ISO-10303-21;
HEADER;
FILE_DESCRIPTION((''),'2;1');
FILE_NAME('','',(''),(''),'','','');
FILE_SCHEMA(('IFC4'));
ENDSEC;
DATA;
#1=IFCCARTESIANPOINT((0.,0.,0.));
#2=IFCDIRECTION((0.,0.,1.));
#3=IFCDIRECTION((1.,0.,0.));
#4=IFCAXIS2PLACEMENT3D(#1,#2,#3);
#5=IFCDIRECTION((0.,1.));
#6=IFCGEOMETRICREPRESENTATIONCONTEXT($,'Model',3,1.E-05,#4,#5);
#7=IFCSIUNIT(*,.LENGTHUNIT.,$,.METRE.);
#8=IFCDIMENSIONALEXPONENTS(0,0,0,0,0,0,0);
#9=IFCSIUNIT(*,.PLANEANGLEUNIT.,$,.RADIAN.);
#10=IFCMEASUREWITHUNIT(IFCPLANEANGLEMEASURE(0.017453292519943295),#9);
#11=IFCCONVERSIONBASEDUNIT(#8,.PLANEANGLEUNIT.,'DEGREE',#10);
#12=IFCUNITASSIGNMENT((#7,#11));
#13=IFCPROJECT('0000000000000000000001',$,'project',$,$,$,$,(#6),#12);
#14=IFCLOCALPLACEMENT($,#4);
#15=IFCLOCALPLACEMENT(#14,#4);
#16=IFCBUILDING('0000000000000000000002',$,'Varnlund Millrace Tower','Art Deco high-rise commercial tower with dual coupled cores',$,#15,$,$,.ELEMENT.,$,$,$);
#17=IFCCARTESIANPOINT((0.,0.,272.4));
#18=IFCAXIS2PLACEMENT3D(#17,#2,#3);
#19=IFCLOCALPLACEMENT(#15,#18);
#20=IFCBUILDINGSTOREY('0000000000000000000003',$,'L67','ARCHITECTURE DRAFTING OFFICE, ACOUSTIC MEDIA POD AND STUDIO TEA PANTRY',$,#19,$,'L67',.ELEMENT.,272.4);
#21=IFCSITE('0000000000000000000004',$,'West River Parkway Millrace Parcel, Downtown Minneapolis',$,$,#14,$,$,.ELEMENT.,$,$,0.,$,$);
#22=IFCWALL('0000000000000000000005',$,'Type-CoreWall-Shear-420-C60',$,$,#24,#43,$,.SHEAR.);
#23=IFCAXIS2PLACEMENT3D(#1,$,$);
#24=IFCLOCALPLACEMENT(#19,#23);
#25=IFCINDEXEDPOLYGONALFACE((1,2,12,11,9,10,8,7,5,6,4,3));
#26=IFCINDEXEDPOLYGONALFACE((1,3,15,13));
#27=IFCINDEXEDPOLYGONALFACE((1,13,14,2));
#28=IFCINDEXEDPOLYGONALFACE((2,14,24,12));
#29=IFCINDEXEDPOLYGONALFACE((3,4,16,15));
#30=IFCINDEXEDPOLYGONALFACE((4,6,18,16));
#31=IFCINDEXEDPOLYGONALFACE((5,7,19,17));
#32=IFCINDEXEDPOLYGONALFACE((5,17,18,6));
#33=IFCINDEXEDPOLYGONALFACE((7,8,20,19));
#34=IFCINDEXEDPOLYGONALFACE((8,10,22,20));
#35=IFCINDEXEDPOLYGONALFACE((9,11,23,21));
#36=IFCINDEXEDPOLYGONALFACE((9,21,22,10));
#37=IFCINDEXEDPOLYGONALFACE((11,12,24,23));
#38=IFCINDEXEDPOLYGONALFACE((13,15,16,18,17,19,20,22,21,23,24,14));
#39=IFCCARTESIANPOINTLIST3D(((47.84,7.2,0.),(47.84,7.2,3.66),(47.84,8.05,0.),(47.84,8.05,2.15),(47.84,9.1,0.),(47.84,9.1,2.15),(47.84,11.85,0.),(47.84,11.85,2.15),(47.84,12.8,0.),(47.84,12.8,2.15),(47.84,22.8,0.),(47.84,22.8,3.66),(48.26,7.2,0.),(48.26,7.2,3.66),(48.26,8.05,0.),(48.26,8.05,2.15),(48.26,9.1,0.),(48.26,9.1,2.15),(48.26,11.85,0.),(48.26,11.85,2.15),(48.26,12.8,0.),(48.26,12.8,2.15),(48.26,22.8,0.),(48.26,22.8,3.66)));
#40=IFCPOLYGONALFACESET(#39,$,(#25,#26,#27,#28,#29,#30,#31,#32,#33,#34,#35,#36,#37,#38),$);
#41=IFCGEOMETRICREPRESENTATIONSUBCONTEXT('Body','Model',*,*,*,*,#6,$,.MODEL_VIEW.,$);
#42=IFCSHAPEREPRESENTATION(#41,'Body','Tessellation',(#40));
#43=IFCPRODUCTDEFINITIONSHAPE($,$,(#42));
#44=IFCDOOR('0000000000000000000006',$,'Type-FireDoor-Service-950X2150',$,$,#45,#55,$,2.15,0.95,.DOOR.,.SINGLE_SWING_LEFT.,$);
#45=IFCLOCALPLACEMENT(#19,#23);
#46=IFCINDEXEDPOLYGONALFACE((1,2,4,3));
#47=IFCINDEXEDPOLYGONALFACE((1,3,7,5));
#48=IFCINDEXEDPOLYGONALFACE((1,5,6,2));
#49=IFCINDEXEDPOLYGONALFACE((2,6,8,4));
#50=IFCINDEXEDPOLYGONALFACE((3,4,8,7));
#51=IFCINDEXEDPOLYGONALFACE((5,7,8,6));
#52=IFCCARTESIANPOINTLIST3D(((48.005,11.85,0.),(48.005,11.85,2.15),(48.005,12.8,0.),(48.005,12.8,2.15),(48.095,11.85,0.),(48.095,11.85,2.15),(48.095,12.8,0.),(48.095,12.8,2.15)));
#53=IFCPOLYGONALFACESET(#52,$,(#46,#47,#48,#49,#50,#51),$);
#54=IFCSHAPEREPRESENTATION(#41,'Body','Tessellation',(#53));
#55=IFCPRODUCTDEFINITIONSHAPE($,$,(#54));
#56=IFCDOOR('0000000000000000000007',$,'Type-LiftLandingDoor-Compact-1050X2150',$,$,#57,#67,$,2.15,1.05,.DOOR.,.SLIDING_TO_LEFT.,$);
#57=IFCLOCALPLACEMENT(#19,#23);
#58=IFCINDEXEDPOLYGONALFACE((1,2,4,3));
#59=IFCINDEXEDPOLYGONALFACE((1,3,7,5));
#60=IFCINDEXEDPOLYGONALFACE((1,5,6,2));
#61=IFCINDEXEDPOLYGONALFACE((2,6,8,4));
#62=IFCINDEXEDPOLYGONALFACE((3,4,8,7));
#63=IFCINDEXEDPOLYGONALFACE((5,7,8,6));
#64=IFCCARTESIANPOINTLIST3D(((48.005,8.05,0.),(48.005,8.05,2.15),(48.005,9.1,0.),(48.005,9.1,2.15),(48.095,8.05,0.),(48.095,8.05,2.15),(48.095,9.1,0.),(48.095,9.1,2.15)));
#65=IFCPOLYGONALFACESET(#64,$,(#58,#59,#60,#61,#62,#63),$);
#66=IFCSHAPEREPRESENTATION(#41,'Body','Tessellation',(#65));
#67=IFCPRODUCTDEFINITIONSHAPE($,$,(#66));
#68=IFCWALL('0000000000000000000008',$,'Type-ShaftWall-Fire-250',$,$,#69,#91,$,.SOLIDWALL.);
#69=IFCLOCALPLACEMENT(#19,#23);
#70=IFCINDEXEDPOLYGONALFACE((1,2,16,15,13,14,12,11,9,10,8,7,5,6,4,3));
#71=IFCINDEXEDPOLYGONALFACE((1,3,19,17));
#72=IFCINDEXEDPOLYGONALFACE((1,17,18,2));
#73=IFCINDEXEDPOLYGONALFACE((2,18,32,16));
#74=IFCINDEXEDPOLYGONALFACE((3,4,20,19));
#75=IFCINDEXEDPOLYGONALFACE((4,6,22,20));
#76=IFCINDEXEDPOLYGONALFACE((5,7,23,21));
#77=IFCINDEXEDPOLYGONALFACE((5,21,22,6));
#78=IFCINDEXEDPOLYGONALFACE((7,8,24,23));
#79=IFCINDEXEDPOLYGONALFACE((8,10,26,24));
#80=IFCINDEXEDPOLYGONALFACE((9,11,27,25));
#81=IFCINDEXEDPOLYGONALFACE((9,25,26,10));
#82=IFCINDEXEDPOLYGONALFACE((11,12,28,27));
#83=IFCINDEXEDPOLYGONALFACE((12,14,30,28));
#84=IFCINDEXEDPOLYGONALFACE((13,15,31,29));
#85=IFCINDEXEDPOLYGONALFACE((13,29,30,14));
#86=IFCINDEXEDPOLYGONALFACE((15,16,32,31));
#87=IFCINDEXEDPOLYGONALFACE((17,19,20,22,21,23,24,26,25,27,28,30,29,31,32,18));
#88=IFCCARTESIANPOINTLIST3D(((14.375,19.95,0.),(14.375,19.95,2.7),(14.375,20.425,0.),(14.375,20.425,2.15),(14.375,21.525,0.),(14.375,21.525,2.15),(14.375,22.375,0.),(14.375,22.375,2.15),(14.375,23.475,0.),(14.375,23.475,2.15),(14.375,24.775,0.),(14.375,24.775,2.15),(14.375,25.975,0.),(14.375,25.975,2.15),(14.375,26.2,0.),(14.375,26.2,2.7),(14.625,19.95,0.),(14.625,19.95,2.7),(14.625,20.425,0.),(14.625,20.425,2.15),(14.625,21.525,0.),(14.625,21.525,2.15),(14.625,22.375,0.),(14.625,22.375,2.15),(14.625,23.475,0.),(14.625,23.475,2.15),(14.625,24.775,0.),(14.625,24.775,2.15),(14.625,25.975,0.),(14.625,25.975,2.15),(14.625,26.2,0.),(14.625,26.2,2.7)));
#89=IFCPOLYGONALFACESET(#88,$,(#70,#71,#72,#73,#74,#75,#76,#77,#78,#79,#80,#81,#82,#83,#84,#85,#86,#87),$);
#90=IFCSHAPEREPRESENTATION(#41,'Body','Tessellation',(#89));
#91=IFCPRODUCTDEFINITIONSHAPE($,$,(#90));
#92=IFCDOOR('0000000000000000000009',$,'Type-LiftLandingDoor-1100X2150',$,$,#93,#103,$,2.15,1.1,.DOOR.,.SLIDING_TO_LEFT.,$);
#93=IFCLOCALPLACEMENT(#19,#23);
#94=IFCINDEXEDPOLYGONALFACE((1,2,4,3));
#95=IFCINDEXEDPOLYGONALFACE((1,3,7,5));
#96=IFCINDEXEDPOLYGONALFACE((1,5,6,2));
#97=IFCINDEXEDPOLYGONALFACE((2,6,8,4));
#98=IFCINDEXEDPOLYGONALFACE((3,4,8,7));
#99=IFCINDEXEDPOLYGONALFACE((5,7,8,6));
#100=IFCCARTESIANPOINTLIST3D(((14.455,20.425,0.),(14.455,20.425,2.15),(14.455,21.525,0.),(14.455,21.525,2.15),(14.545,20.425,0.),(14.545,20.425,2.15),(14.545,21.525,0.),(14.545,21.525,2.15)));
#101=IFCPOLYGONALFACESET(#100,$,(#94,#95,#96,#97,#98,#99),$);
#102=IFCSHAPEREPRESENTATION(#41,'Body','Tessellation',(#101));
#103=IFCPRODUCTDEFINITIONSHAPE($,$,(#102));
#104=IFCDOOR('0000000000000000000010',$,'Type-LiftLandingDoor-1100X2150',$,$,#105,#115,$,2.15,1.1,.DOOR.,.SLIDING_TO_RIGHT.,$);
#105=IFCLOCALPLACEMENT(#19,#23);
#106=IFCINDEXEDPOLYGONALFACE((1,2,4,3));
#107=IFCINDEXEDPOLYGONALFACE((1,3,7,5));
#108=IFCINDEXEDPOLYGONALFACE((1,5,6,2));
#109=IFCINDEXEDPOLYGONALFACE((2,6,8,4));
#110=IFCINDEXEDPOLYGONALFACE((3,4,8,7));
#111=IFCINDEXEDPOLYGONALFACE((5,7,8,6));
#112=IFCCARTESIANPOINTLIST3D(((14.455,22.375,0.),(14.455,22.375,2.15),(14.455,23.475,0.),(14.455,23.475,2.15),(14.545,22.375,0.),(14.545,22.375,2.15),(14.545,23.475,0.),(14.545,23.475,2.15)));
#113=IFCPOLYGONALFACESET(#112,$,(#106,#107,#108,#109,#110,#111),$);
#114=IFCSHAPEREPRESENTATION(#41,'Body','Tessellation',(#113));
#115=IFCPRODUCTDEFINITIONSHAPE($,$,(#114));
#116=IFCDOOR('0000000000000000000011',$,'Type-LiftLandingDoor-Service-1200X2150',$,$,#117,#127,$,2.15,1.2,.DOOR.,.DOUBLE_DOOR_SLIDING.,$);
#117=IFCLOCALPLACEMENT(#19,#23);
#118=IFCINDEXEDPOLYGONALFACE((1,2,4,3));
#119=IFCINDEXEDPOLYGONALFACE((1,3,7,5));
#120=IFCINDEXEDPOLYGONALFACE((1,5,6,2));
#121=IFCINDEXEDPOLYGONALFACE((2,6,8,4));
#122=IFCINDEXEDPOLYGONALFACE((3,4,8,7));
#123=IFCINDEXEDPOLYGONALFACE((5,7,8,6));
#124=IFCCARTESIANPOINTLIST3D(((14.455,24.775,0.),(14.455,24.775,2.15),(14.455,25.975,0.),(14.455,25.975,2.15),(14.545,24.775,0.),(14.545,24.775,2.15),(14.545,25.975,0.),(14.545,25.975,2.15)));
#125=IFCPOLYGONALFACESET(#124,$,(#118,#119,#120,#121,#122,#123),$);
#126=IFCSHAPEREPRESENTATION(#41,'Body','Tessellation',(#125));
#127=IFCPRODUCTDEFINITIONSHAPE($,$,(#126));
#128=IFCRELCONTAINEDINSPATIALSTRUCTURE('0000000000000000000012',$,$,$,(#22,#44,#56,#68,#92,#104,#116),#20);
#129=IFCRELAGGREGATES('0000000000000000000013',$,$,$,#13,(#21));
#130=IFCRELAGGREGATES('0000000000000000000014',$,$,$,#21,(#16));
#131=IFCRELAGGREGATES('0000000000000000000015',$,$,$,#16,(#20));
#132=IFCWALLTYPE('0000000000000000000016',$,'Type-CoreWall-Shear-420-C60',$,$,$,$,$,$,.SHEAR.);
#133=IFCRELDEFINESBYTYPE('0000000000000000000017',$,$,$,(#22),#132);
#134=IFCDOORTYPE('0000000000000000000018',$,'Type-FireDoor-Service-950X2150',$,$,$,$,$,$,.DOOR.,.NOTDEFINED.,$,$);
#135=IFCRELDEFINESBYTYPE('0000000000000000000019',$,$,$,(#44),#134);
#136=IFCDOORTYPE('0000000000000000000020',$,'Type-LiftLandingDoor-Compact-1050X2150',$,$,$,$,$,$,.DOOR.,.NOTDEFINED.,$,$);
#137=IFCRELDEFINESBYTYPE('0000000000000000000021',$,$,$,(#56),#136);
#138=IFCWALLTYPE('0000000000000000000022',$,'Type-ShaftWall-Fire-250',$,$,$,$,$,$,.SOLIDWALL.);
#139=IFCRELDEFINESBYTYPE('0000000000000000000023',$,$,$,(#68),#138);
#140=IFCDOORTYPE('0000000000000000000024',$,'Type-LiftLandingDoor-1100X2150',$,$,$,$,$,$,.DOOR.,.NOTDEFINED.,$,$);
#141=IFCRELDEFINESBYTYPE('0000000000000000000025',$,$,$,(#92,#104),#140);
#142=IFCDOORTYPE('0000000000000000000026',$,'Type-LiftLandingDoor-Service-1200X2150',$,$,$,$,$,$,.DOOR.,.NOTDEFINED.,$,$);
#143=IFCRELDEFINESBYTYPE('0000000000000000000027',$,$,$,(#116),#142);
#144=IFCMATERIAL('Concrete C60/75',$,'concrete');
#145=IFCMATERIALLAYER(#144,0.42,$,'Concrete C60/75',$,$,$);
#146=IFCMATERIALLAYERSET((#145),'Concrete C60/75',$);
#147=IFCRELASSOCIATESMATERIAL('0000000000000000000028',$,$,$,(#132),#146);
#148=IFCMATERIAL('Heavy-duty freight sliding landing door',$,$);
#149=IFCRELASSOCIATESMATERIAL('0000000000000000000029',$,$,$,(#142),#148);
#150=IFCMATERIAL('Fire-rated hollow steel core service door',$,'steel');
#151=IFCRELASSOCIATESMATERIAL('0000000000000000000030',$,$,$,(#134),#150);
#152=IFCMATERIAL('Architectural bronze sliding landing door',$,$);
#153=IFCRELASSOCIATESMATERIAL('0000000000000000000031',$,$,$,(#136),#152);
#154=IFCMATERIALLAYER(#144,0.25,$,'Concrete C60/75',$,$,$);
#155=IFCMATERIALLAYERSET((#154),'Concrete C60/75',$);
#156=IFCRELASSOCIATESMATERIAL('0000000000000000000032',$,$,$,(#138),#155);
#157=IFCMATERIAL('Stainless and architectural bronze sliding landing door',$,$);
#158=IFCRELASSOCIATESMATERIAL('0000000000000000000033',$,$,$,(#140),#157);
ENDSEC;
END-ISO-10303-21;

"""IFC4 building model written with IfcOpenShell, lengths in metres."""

from ifc_helpers import new_model, entity, si_unit, converted_unit, direction, frame, origin_with_axes, origin_2d_with_axis, place, context, subcontext, project, spatial, polyline, rectangle, outline, extrude, material, layer, layer_set, type_object, element, fill, save


model = new_model("IFC4")

# Units and contexts
model_context = context("Model", 3, precision=1e-05, world=origin_with_axes(), true_north=direction((0.0, 1.0)))
body_context = subcontext(model_context, "Body", "Model", "MODEL_VIEW")
ifc_project = project(units=[si_unit("LENGTHUNIT", "METRE"), converted_unit("PLANEANGLEUNIT", "DEGREE", entity("IfcPlaneAngleMeasure", 0.017453292519943295), si_unit("PLANEANGLEUNIT", "RADIAN"), dimensions=[0, 0, 0, 0, 0, 0, 0])], contexts=[model_context])

# Site, building, storey
site_placement = place(None, origin_with_axes())
site = spatial("IfcSite", under=ifc_project, at=site_placement, Name="West River Parkway Millrace Parcel, Downtown Minneapolis", CompositionType="ELEMENT", RefElevation=0.0)
building_placement = place(site_placement, origin_with_axes())
building = spatial("IfcBuilding", under=site, at=building_placement, Name="Varnlund Millrace Tower", Description="Art Deco high-rise commercial tower with dual coupled cores", CompositionType="ELEMENT")
storey_placement = place(building_placement, frame((0.0, 0.0, 272.4), z_axis=(0.0, 0.0, 1.0), x_axis=(1.0, 0.0, 0.0)))
storey = spatial("IfcBuildingStorey", under=building, at=storey_placement, Name="L67", Description="ARCHITECTURE DRAFTING OFFICE, ACOUSTIC MEDIA POD AND STUDIO TEA PANTRY", LongName="L67", CompositionType="ELEMENT", Elevation=272.4)

# Shared definitions
ifc_material_1 = material(Name="Concrete C60/75", Category="concrete")
ifc_layer_1 = layer(ifc_material_1, 0.42, Name="Concrete C60/75")
ifc_layer_set_1 = layer_set([ifc_layer_1], Name="Concrete C60/75")
wall_type_1 = type_object("IfcWallType", Name="Type-CoreWall-Shear-420-C60", PredefinedType="SHEAR", material=ifc_layer_set_1)
ifc_material_2 = material(Name="Heavy-duty freight sliding landing door")
door_type_1 = type_object("IfcDoorType", Name="Type-LiftLandingDoor-Service-1200X2150", OperationType="NOTDEFINED", PredefinedType="DOOR", material=ifc_material_2)

# Walls, openings, doors
wall_1_placement = place(storey_placement, frame((48.05, 7.2, 0.0), z_axis=(0.0, 0.0, 1.0), x_axis=(0.0, 1.0, 0.0)))
wall_1 = element("IfcWall", 1, at=wall_1_placement, inside=storey, type_object=wall_type_1, Name="Type-CoreWall-Shear-420-C60", PredefinedType="SHEAR", context=body_context, shape_type="SweptSolid", body=[
    extrude(outline(polyline([(0.0, -0.21), (15.6, -0.21), (15.6, 0.21), (0.0, 0.21), (0.0, -0.21)])), origin_with_axes(), (0.0, 0.0, 1.0), 3.66),
])
opening_1_placement = place(wall_1_placement, frame((1.375, 0.0, 0.0), z_axis=(0.0, 0.0, 1.0), x_axis=(1.0, 0.0, 0.0)))
opening_1 = element("IfcOpeningElement", 2, at=opening_1_placement, cuts=wall_1, PredefinedType="OPENING", context=body_context, shape_type="SweptSolid", body=[
    extrude(rectangle(XDim=1.05, YDim=0.44, at=origin_2d_with_axis()), origin_with_axes(), (0.0, 0.0, 1.0), 2.15),
])
opening_2_placement = place(wall_1_placement, frame((5.125, 0.0, 0.0), z_axis=(0.0, 0.0, 1.0), x_axis=(1.0, 0.0, 0.0)))
opening_2 = element("IfcOpeningElement", 3, at=opening_2_placement, cuts=wall_1, PredefinedType="OPENING", context=body_context, shape_type="SweptSolid", body=[
    extrude(rectangle(XDim=0.95, YDim=0.44, at=origin_2d_with_axis()), origin_with_axes(), (0.0, 0.0, 1.0), 2.15),
])
ifc_material_3 = material(Name="Fire-rated hollow steel core service door", Category="steel")
door_type_2 = type_object("IfcDoorType", Name="Type-FireDoor-Service-950X2150", OperationType="NOTDEFINED", PredefinedType="DOOR", material=ifc_material_3)
door_1_placement = place(wall_1_placement, frame((5.125, 0.0, 0.0), z_axis=(0.0, 0.0, 1.0), x_axis=(1.0, 0.0, 0.0)))
door_1 = element("IfcDoor", 4, at=door_1_placement, inside=storey, type_object=door_type_2, Name="Type-FireDoor-Service-950X2150", OperationType="SINGLE_SWING_LEFT", OverallHeight=2.15, OverallWidth=0.95, PredefinedType="DOOR", context=body_context, shape_type="SweptSolid", body=[
    extrude(rectangle(XDim=0.95, YDim=0.09, at=origin_2d_with_axis()), origin_with_axes(), (0.0, 0.0, 1.0), 2.15),
])
fill(opening_2, door_1)
ifc_material_4 = material(Name="Architectural bronze sliding landing door")
door_type_3 = type_object("IfcDoorType", Name="Type-LiftLandingDoor-Compact-1050X2150", OperationType="NOTDEFINED", PredefinedType="DOOR", material=ifc_material_4)
door_2_placement = place(wall_1_placement, frame((1.375, 0.0, 0.0), z_axis=(0.0, 0.0, 1.0), x_axis=(1.0, 0.0, 0.0)))
door_2 = element("IfcDoor", 5, at=door_2_placement, inside=storey, type_object=door_type_3, Name="Type-LiftLandingDoor-Compact-1050X2150", OperationType="SLIDING_TO_LEFT", OverallHeight=2.15, OverallWidth=1.05, PredefinedType="DOOR", context=body_context, shape_type="SweptSolid", body=[
    extrude(rectangle(XDim=1.05, YDim=0.09, at=origin_2d_with_axis()), origin_with_axes(), (0.0, 0.0, 1.0), 2.15),
])
fill(opening_1, door_2)
ifc_layer_2 = layer(ifc_material_1, 0.25, Name="Concrete C60/75")
ifc_layer_set_2 = layer_set([ifc_layer_2], Name="Concrete C60/75")
wall_type_2 = type_object("IfcWallType", Name="Type-ShaftWall-Fire-250", PredefinedType="SOLIDWALL", material=ifc_layer_set_2)
wall_2_placement = place(storey_placement, frame((14.5, 19.95, 0.0), z_axis=(0.0, 0.0, 1.0), x_axis=(0.0, 1.0, 0.0)))
wall_2 = element("IfcWall", 6, at=wall_2_placement, inside=storey, type_object=wall_type_2, Name="Type-ShaftWall-Fire-250", PredefinedType="SOLIDWALL", context=body_context, shape_type="SweptSolid", body=[
    extrude(outline(polyline([(0.0, -0.125), (6.25, -0.125), (6.25, 0.125), (0.0, 0.125), (0.0, -0.125)])), origin_with_axes(), (0.0, 0.0, 1.0), 2.7),
])
opening_3_placement = place(wall_2_placement, frame((1.025, 0.0, 0.0), z_axis=(0.0, 0.0, 1.0), x_axis=(1.0, 0.0, 0.0)))
opening_3 = element("IfcOpeningElement", 7, at=opening_3_placement, cuts=wall_2, PredefinedType="OPENING", context=body_context, shape_type="SweptSolid", body=[
    extrude(rectangle(XDim=1.1, YDim=0.27, at=origin_2d_with_axis()), origin_with_axes(), (0.0, 0.0, 1.0), 2.15),
])
opening_4_placement = place(wall_2_placement, frame((2.975, 0.0, 0.0), z_axis=(0.0, 0.0, 1.0), x_axis=(1.0, 0.0, 0.0)))
opening_4 = element("IfcOpeningElement", 8, at=opening_4_placement, cuts=wall_2, PredefinedType="OPENING", context=body_context, shape_type="SweptSolid", body=[
    extrude(rectangle(XDim=1.1, YDim=0.27, at=origin_2d_with_axis()), origin_with_axes(), (0.0, 0.0, 1.0), 2.15),
])
opening_5_placement = place(wall_2_placement, frame((5.425, 0.0, 0.0), z_axis=(0.0, 0.0, 1.0), x_axis=(1.0, 0.0, 0.0)))
opening_5 = element("IfcOpeningElement", 9, at=opening_5_placement, cuts=wall_2, PredefinedType="OPENING", context=body_context, shape_type="SweptSolid", body=[
    extrude(rectangle(XDim=1.2, YDim=0.27, at=origin_2d_with_axis()), origin_with_axes(), (0.0, 0.0, 1.0), 2.15),
])
ifc_material_5 = material(Name="Stainless and architectural bronze sliding landing door")
door_type_4 = type_object("IfcDoorType", Name="Type-LiftLandingDoor-1100X2150", OperationType="NOTDEFINED", PredefinedType="DOOR", material=ifc_material_5)
door_3_placement = place(wall_2_placement, frame((1.025, 0.0, 0.0), z_axis=(0.0, 0.0, 1.0), x_axis=(1.0, 0.0, 0.0)))
door_3 = element("IfcDoor", 10, at=door_3_placement, inside=storey, type_object=door_type_4, Name="Type-LiftLandingDoor-1100X2150", OperationType="SLIDING_TO_LEFT", OverallHeight=2.15, OverallWidth=1.1, PredefinedType="DOOR", context=body_context, shape_type="SweptSolid", body=[
    extrude(rectangle(XDim=1.1, YDim=0.09, at=origin_2d_with_axis()), origin_with_axes(), (0.0, 0.0, 1.0), 2.15),
])
fill(opening_3, door_3)
door_4_placement = place(wall_2_placement, frame((2.975, 0.0, 0.0), z_axis=(0.0, 0.0, 1.0), x_axis=(1.0, 0.0, 0.0)))
door_4 = element("IfcDoor", 11, at=door_4_placement, inside=storey, type_object=door_type_4, Name="Type-LiftLandingDoor-1100X2150", OperationType="SLIDING_TO_RIGHT", OverallHeight=2.15, OverallWidth=1.1, PredefinedType="DOOR", context=body_context, shape_type="SweptSolid", body=[
    extrude(rectangle(XDim=1.1, YDim=0.09, at=origin_2d_with_axis()), origin_with_axes(), (0.0, 0.0, 1.0), 2.15),
])
fill(opening_4, door_4)
door_5_placement = place(wall_2_placement, frame((5.425, 0.0, 0.0), z_axis=(0.0, 0.0, 1.0), x_axis=(1.0, 0.0, 0.0)))
door_5 = element("IfcDoor", 12, at=door_5_placement, inside=storey, type_object=door_type_1, Name="Type-LiftLandingDoor-Service-1200X2150", OperationType="DOUBLE_DOOR_SLIDING", OverallHeight=2.15, OverallWidth=1.2, PredefinedType="DOOR", context=body_context, shape_type="SweptSolid", body=[
    extrude(rectangle(XDim=1.2, YDim=0.09, at=origin_2d_with_axis()), origin_with_axes(), (0.0, 0.0, 1.0), 2.15),
])
fill(opening_5, door_5)

save(model, "model.ifc")
